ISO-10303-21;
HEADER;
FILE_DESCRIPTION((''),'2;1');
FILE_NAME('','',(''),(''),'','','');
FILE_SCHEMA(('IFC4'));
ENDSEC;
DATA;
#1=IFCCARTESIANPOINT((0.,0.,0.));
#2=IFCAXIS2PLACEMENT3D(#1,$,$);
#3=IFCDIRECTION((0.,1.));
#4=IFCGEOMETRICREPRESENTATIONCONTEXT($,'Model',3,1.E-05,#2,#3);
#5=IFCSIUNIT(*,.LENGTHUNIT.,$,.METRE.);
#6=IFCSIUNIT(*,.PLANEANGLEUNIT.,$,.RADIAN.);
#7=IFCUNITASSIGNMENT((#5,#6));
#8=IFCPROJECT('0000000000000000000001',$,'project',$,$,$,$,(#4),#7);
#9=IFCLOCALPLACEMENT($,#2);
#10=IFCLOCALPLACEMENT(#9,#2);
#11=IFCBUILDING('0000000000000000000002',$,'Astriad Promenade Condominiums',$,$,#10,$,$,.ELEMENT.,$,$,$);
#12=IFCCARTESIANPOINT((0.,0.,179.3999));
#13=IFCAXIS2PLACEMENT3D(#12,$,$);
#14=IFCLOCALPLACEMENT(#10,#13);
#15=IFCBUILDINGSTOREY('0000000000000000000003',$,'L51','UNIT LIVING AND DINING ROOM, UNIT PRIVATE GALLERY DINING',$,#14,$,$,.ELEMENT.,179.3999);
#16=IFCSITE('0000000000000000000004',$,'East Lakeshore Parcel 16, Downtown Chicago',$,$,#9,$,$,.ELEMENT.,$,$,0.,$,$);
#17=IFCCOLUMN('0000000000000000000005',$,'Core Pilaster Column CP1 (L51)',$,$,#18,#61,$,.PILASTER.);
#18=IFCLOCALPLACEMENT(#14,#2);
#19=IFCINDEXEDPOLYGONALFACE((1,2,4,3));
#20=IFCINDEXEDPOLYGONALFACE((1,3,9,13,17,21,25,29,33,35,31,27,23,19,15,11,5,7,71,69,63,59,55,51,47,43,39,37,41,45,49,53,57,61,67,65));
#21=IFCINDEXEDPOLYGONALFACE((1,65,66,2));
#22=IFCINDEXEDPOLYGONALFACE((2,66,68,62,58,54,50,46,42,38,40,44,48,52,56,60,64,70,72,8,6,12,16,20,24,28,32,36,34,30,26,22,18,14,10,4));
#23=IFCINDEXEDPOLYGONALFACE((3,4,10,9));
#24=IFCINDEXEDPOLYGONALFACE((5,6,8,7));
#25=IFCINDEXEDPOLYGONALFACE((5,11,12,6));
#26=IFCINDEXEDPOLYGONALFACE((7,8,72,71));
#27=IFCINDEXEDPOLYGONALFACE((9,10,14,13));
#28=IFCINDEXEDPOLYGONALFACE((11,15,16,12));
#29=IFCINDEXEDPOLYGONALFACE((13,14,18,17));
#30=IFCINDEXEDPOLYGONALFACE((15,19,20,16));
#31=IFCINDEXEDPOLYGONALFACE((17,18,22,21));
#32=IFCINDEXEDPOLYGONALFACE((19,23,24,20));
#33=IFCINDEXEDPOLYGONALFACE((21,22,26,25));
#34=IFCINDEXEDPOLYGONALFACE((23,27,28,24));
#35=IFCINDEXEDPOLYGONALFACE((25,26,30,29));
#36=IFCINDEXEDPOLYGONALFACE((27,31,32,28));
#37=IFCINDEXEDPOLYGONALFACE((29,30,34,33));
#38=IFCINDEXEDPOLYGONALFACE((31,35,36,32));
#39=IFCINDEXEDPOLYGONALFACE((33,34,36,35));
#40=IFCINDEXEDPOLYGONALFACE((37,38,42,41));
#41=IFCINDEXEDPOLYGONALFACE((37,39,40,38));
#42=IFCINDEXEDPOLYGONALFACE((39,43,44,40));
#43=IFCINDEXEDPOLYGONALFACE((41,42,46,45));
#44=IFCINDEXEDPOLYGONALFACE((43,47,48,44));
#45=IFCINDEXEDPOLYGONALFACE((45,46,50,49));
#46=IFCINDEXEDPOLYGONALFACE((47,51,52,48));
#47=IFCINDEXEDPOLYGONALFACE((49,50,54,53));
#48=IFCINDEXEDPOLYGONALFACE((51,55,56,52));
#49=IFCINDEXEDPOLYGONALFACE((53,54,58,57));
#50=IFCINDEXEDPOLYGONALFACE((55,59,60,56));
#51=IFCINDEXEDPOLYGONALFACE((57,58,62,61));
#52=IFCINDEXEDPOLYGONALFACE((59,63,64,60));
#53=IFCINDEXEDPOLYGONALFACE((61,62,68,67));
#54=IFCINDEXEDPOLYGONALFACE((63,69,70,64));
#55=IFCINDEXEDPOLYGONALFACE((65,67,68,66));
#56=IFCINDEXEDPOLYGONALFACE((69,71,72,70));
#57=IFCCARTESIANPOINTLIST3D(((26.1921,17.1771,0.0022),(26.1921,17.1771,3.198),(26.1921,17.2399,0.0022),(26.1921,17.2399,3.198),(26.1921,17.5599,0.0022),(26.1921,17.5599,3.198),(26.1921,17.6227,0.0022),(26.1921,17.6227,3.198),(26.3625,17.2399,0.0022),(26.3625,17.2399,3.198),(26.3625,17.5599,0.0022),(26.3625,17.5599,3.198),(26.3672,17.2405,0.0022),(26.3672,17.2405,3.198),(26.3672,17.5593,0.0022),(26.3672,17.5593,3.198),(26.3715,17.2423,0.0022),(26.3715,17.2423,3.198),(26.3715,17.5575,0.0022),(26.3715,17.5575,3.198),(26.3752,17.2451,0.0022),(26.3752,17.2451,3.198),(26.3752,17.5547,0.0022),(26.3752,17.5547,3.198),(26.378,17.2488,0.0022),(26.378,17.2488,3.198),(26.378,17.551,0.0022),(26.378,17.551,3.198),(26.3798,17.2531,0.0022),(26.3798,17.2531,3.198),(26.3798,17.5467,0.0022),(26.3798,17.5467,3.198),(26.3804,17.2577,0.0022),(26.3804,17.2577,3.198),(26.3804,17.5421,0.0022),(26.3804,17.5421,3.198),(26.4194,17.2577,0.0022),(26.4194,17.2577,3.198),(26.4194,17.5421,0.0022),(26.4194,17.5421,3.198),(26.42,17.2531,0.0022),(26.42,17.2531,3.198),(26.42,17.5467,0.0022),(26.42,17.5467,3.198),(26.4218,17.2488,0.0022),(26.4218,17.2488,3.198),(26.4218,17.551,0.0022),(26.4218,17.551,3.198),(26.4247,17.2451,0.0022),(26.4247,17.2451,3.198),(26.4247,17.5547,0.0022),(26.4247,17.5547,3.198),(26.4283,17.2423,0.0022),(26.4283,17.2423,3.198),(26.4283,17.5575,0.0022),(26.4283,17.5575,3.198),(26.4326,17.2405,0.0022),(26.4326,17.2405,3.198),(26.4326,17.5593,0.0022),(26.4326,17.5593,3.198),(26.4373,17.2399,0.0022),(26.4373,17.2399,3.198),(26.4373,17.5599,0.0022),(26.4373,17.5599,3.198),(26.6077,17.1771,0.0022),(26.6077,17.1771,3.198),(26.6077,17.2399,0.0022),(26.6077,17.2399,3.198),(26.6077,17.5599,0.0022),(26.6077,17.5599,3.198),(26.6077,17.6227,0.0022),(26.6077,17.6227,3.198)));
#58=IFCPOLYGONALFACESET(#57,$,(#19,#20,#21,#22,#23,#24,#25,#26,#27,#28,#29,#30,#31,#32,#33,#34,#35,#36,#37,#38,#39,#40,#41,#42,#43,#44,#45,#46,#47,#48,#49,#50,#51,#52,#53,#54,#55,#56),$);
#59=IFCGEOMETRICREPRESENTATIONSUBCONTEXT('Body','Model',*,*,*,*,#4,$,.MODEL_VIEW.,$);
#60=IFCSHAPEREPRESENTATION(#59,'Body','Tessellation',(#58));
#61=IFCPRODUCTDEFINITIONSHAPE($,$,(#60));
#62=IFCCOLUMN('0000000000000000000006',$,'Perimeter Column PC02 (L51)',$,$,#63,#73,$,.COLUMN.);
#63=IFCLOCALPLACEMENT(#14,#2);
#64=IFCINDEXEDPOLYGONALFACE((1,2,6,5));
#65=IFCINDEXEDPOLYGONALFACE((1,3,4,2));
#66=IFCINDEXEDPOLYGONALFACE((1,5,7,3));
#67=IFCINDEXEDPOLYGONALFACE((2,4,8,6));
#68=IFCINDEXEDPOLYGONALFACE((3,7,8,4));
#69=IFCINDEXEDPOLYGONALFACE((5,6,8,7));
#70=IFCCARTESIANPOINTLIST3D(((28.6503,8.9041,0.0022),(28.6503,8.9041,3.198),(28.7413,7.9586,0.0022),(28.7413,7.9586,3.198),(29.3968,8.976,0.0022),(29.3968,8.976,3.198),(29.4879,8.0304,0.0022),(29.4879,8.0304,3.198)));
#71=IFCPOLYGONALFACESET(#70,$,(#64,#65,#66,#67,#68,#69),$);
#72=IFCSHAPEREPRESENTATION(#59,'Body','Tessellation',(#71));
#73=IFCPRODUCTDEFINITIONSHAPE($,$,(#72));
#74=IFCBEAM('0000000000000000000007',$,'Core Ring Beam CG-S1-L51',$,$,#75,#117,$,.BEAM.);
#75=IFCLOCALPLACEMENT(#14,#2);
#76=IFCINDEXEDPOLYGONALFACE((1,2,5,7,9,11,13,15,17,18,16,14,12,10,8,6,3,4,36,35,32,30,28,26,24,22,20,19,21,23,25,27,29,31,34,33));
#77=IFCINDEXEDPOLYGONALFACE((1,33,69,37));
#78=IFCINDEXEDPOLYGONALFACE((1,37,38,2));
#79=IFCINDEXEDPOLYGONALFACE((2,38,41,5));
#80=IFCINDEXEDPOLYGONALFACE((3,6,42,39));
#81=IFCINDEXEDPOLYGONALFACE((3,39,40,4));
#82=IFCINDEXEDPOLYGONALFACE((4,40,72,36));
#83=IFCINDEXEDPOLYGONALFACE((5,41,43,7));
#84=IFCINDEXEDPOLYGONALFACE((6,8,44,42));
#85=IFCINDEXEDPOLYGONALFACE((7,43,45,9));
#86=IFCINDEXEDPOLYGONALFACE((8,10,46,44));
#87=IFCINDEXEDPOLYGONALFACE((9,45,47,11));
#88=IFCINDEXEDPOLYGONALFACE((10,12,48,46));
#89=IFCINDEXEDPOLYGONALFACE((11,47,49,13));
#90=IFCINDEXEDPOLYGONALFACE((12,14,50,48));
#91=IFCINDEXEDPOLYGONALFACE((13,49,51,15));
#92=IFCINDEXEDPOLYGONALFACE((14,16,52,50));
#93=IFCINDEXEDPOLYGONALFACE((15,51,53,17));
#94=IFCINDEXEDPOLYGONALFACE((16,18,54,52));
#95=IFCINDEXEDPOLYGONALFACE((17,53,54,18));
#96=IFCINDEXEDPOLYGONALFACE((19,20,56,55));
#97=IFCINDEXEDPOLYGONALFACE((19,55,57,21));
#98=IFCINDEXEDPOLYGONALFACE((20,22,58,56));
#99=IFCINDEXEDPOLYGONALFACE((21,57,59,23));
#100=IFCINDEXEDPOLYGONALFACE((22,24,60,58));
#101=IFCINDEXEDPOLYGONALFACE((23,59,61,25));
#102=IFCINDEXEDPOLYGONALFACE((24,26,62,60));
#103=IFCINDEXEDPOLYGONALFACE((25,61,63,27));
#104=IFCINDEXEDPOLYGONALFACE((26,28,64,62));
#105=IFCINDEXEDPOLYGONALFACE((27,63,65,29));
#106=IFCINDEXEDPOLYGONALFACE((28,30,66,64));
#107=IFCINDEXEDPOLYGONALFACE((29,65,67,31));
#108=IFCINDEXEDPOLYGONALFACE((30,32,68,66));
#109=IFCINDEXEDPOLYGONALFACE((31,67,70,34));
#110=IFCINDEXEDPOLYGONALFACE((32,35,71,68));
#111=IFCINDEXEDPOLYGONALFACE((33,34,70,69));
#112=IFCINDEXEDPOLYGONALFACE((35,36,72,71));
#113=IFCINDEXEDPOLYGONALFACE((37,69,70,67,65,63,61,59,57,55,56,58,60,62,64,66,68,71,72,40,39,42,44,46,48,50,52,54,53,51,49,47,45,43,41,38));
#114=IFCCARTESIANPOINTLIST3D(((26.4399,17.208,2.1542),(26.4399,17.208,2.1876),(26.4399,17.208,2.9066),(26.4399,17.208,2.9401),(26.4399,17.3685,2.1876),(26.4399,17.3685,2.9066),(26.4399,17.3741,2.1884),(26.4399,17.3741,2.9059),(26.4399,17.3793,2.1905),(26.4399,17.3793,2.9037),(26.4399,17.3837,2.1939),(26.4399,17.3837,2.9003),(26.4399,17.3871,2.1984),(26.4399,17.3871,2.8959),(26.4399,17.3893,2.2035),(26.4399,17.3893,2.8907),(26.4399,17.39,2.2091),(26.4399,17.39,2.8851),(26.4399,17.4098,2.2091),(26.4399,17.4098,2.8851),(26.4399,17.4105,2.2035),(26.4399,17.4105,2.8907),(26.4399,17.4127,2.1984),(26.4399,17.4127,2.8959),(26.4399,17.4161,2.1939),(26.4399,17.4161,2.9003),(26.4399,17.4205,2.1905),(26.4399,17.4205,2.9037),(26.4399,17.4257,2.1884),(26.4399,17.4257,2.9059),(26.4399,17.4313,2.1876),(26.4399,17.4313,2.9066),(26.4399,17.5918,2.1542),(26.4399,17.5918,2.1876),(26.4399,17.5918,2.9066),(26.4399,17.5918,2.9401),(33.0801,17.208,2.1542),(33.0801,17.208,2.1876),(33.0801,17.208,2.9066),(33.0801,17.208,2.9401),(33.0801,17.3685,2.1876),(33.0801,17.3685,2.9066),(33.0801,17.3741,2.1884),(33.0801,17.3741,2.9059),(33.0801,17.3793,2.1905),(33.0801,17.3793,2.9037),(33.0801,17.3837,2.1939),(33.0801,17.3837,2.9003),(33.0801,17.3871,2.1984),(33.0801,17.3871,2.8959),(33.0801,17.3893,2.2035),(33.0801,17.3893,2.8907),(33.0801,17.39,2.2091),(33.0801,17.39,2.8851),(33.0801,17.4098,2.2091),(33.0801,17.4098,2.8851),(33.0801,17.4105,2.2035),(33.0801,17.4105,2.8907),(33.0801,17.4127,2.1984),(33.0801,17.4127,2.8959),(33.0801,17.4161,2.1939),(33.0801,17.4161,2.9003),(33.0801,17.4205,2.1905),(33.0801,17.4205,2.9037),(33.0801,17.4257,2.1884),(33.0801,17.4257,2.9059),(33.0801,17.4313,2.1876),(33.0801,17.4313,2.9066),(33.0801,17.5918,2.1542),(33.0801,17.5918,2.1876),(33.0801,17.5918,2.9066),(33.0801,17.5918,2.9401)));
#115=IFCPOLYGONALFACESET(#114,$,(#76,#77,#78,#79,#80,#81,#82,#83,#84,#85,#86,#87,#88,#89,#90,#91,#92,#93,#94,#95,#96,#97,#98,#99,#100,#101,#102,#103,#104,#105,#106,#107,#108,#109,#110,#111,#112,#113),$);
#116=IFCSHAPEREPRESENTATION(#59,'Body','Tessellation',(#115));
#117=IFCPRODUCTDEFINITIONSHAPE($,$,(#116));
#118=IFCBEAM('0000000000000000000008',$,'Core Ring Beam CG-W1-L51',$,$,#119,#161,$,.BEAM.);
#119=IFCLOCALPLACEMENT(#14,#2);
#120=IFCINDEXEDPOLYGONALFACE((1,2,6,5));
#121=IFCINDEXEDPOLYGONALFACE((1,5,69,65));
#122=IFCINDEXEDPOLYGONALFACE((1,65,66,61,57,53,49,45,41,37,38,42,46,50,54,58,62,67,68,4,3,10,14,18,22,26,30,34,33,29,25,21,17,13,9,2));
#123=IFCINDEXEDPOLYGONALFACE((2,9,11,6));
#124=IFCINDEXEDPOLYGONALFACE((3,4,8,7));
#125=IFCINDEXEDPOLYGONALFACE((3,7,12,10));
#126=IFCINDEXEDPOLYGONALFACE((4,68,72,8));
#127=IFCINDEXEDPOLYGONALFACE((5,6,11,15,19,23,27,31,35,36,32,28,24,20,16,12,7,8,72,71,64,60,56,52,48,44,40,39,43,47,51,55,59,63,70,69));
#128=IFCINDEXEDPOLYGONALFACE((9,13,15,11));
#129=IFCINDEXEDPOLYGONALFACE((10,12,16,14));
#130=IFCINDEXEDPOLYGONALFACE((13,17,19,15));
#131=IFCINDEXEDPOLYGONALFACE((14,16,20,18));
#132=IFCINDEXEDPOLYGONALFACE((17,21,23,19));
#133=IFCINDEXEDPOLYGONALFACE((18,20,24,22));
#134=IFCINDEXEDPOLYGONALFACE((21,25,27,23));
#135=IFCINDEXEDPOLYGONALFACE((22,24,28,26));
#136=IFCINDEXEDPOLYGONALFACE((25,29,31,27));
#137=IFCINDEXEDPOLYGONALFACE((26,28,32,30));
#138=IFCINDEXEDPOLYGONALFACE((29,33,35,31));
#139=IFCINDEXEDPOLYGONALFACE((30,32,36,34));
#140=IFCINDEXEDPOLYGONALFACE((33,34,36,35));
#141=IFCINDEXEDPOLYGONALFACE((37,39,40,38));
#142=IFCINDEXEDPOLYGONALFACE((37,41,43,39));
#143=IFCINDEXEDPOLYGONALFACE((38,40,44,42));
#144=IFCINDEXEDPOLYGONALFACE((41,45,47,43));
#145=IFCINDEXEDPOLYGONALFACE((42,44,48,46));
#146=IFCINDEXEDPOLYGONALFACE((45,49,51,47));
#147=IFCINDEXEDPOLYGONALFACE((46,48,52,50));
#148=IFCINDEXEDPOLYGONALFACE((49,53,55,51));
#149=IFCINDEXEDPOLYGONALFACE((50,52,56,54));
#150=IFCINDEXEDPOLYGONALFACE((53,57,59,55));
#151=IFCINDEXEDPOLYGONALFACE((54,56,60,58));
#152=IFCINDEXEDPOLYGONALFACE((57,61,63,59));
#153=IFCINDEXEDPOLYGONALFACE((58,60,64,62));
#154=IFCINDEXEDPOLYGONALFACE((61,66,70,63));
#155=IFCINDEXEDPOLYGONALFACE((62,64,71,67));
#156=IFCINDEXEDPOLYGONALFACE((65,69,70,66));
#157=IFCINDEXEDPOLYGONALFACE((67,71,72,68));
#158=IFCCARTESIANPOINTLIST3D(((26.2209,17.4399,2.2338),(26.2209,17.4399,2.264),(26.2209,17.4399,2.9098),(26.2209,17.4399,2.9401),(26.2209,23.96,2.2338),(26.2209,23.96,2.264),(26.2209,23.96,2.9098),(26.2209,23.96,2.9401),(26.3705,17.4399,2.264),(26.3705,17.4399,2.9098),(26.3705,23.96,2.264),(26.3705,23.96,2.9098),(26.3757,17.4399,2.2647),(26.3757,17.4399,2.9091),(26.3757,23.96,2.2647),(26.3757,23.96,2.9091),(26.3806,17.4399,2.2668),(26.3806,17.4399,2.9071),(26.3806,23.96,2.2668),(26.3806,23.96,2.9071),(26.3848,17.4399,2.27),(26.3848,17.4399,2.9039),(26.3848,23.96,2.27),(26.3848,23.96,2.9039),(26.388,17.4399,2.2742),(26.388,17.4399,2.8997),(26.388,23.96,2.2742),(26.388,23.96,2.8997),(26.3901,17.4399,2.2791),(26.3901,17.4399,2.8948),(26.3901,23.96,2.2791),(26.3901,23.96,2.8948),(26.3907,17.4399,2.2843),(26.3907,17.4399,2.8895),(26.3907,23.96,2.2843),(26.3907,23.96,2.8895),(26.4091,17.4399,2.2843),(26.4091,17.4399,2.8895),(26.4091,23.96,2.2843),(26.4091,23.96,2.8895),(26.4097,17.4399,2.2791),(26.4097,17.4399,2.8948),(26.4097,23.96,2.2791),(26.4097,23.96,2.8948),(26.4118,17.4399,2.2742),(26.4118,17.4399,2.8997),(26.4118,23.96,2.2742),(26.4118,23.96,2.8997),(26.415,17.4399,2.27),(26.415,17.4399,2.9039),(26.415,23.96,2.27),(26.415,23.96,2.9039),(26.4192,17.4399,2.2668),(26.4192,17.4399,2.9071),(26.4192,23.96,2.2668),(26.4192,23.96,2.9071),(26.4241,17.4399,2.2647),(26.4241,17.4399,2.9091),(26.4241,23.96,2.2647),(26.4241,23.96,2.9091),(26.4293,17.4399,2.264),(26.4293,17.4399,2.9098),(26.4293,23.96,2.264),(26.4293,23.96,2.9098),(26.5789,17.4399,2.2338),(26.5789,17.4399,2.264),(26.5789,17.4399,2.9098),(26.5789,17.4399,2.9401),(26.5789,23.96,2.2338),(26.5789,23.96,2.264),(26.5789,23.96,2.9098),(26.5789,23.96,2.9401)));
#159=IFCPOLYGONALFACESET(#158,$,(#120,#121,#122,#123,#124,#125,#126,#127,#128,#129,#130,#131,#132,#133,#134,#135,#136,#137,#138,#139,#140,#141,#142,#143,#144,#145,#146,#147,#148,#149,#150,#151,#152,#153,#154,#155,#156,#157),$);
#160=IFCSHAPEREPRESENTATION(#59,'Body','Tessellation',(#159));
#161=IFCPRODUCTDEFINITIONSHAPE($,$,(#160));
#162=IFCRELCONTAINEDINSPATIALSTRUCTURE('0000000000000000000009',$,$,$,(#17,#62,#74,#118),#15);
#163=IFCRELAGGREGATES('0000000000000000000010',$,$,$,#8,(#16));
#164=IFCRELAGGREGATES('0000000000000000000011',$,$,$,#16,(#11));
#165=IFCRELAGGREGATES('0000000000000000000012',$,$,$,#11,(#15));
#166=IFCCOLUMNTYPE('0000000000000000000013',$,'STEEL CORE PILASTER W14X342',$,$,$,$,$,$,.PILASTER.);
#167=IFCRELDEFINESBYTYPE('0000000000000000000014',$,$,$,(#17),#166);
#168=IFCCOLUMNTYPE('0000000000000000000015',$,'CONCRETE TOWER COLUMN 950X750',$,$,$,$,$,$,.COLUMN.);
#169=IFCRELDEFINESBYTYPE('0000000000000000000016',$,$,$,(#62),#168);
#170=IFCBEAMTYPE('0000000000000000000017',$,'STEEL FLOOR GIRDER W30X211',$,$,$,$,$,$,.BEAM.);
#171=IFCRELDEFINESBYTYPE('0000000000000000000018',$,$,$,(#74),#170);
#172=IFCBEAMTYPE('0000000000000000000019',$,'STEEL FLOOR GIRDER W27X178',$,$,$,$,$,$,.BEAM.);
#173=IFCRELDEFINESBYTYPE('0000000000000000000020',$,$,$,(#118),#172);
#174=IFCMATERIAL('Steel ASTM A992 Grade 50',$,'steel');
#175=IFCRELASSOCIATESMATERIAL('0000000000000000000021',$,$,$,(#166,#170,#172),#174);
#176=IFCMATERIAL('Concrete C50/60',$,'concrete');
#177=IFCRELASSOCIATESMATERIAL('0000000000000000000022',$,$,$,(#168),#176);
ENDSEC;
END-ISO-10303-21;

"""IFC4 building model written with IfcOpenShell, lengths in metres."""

from ifc_helpers import new_model, si_unit, direction, frame, origin, origin_2d, place, context, subcontext, project, spatial, rectangle, i_section, extrude, source, transform, mapped, material, material_profile, profile_set, type_object, type_shapes, element, save


model = new_model("IFC4")

# Units and contexts
model_context = context("Model", 3, precision=1e-05, world=origin(), true_north=direction((0.0, 1.0)))
body_context = subcontext(model_context, "Body", "Model", "MODEL_VIEW")
ifc_project = project(units=[si_unit("LENGTHUNIT", "METRE"), si_unit("PLANEANGLEUNIT", "RADIAN")], contexts=[model_context])

# Site, building, storey
site_placement = place(None, origin())
site = spatial("IfcSite", under=ifc_project, at=site_placement, Name="East Lakeshore Parcel 16, Downtown Chicago", CompositionType="ELEMENT", RefElevation=0.0)
building_placement = place(site_placement, origin())
building = spatial("IfcBuilding", under=site, at=building_placement, Name="Astriad Promenade Condominiums", CompositionType="ELEMENT")
storey_placement = place(building_placement, frame((0.0, 0.0, 179.3999)))
storey = spatial("IfcBuildingStorey", under=building, at=storey_placement, Name="L51", Description="UNIT LIVING AND DINING ROOM, UNIT PRIVATE GALLERY DINING", CompositionType="ELEMENT", Elevation=179.3999)

# Columns
ifc_material_1 = material(Name="Steel ASTM A992 Grade 50", Category="steel")
ifc_material_profile_1 = material_profile(ifc_material_1, i_section(OverallWidth=0.4155, OverallDepth=0.4456, WebThickness=0.0391, FlangeThickness=0.0627, FilletRadius=0.0178, at=origin_2d()), Name="W14X342")
ifc_profile_set_1 = profile_set([ifc_material_profile_1], Name="Steel ASTM A992 Grade 50")
column_type_1 = type_object("IfcColumnType", Name="STEEL CORE PILASTER W14X342", PredefinedType="PILASTER", material=ifc_profile_set_1)
shared_shape_1 = source(origin(), body_context, "Body", "SweptSolid", [
    extrude(i_section(OverallWidth=0.4155, OverallDepth=0.4456, WebThickness=0.0391, FlangeThickness=0.0627, FilletRadius=0.0178, at=origin_2d()), origin(), (0.0, 0.0, 1.0), 3.1958),
])
type_shapes(column_type_1, [shared_shape_1])
column_1_placement = place(storey_placement, frame((26.3999, 17.3999, 0.0022), z_axis=(0.0, 0.0, 1.0), x_axis=(1.0, 0.0, 0.0)))
element("IfcColumn", 1, at=column_1_placement, inside=storey, type_object=column_type_1, Name="Core Pilaster Column CP1 (L51)", PredefinedType="PILASTER", context=body_context, shape_type="MappedRepresentation", body=[
    mapped(shared_shape_1, transform((0.0, 0.0, 0.0), scale=1.0)),
])
ifc_material_2 = material(Name="Concrete C50/60", Category="concrete")
ifc_material_profile_2 = material_profile(ifc_material_2, rectangle(XDim=0.75, YDim=0.95, at=origin_2d()), Name="RC-COL-950X750")
ifc_profile_set_2 = profile_set([ifc_material_profile_2], Name="Concrete C50/60")
column_type_2 = type_object("IfcColumnType", Name="CONCRETE TOWER COLUMN 950X750", PredefinedType="COLUMN", material=ifc_profile_set_2)
shared_shape_2 = source(origin(), body_context, "Body", "SweptSolid", [
    extrude(rectangle(XDim=0.75, YDim=0.95, at=origin_2d()), origin(), (0.0, 0.0, 1.0), 3.1958),
])
type_shapes(column_type_2, [shared_shape_2])
column_2_placement = place(storey_placement, frame((29.0691, 8.4673, 0.0022), z_axis=(0.0, 0.0, 1.0), x_axis=(0.995396, 0.095846, 0.0)))
element("IfcColumn", 2, at=column_2_placement, inside=storey, type_object=column_type_2, Name="Perimeter Column PC02 (L51)", PredefinedType="COLUMN", context=body_context, shape_type="MappedRepresentation", body=[
    mapped(shared_shape_2, transform((0.0, 0.0, 0.0), scale=1.0)),
])

# Beams
ifc_material_profile_3 = material_profile(ifc_material_1, i_section(OverallWidth=0.3838, OverallDepth=0.7859, WebThickness=0.0198, FlangeThickness=0.0334, FilletRadius=0.0215, at=origin_2d()), Name="W30X211")
ifc_profile_set_3 = profile_set([ifc_material_profile_3], Name="Steel ASTM A992 Grade 50")
beam_type_1 = type_object("IfcBeamType", Name="STEEL FLOOR GIRDER W30X211", PredefinedType="BEAM", material=ifc_profile_set_3)
shared_shape_3 = source(origin(), body_context, "Body", "SweptSolid", [
    extrude(i_section(OverallWidth=0.3838, OverallDepth=0.7859, WebThickness=0.0198, FlangeThickness=0.0334, FilletRadius=0.0215, at=origin_2d()), origin(), (0.0, 0.0, 1.0), 6.6401),
])
type_shapes(beam_type_1, [shared_shape_3])
beam_1_placement = place(storey_placement, frame((26.4399, 17.3999, 2.5471), z_axis=(1.0, 0.0, 0.0), x_axis=(0.0, 1.0, 0.0)))
element("IfcBeam", 3, at=beam_1_placement, inside=storey, type_object=beam_type_1, Name="Core Ring Beam CG-S1-L51", PredefinedType="BEAM", context=body_context, shape_type="MappedRepresentation", body=[
    mapped(shared_shape_3, transform((0.0, 0.0, 0.0), scale=1.0)),
])
ifc_material_profile_4 = material_profile(ifc_material_1, i_section(OverallWidth=0.3579, OverallDepth=0.7063, WebThickness=0.0183, FlangeThickness=0.0303, FilletRadius=0.0203, at=origin_2d()), Name="W27X178")
ifc_profile_set_4 = profile_set([ifc_material_profile_4], Name="Steel ASTM A992 Grade 50")
beam_type_2 = type_object("IfcBeamType", Name="STEEL FLOOR GIRDER W27X178", PredefinedType="BEAM", material=ifc_profile_set_4)
shared_shape_4 = source(origin(), body_context, "Body", "SweptSolid", [
    extrude(i_section(OverallWidth=0.3579, OverallDepth=0.7063, WebThickness=0.0183, FlangeThickness=0.0303, FilletRadius=0.0203, at=origin_2d()), origin(), (0.0, 0.0, 1.0), 6.52),
])
type_shapes(beam_type_2, [shared_shape_4])
beam_2_placement = place(storey_placement, frame((26.3999, 17.4399, 2.5869), z_axis=(0.0, 1.0, 0.0), x_axis=(-1.0, 0.0, 0.0)))
element("IfcBeam", 4, at=beam_2_placement, inside=storey, type_object=beam_type_2, Name="Core Ring Beam CG-W1-L51", PredefinedType="BEAM", context=body_context, shape_type="MappedRepresentation", body=[
    mapped(shared_shape_4, transform((0.0, 0.0, 0.0), scale=1.0)),
])

save(model, "model.ifc")
